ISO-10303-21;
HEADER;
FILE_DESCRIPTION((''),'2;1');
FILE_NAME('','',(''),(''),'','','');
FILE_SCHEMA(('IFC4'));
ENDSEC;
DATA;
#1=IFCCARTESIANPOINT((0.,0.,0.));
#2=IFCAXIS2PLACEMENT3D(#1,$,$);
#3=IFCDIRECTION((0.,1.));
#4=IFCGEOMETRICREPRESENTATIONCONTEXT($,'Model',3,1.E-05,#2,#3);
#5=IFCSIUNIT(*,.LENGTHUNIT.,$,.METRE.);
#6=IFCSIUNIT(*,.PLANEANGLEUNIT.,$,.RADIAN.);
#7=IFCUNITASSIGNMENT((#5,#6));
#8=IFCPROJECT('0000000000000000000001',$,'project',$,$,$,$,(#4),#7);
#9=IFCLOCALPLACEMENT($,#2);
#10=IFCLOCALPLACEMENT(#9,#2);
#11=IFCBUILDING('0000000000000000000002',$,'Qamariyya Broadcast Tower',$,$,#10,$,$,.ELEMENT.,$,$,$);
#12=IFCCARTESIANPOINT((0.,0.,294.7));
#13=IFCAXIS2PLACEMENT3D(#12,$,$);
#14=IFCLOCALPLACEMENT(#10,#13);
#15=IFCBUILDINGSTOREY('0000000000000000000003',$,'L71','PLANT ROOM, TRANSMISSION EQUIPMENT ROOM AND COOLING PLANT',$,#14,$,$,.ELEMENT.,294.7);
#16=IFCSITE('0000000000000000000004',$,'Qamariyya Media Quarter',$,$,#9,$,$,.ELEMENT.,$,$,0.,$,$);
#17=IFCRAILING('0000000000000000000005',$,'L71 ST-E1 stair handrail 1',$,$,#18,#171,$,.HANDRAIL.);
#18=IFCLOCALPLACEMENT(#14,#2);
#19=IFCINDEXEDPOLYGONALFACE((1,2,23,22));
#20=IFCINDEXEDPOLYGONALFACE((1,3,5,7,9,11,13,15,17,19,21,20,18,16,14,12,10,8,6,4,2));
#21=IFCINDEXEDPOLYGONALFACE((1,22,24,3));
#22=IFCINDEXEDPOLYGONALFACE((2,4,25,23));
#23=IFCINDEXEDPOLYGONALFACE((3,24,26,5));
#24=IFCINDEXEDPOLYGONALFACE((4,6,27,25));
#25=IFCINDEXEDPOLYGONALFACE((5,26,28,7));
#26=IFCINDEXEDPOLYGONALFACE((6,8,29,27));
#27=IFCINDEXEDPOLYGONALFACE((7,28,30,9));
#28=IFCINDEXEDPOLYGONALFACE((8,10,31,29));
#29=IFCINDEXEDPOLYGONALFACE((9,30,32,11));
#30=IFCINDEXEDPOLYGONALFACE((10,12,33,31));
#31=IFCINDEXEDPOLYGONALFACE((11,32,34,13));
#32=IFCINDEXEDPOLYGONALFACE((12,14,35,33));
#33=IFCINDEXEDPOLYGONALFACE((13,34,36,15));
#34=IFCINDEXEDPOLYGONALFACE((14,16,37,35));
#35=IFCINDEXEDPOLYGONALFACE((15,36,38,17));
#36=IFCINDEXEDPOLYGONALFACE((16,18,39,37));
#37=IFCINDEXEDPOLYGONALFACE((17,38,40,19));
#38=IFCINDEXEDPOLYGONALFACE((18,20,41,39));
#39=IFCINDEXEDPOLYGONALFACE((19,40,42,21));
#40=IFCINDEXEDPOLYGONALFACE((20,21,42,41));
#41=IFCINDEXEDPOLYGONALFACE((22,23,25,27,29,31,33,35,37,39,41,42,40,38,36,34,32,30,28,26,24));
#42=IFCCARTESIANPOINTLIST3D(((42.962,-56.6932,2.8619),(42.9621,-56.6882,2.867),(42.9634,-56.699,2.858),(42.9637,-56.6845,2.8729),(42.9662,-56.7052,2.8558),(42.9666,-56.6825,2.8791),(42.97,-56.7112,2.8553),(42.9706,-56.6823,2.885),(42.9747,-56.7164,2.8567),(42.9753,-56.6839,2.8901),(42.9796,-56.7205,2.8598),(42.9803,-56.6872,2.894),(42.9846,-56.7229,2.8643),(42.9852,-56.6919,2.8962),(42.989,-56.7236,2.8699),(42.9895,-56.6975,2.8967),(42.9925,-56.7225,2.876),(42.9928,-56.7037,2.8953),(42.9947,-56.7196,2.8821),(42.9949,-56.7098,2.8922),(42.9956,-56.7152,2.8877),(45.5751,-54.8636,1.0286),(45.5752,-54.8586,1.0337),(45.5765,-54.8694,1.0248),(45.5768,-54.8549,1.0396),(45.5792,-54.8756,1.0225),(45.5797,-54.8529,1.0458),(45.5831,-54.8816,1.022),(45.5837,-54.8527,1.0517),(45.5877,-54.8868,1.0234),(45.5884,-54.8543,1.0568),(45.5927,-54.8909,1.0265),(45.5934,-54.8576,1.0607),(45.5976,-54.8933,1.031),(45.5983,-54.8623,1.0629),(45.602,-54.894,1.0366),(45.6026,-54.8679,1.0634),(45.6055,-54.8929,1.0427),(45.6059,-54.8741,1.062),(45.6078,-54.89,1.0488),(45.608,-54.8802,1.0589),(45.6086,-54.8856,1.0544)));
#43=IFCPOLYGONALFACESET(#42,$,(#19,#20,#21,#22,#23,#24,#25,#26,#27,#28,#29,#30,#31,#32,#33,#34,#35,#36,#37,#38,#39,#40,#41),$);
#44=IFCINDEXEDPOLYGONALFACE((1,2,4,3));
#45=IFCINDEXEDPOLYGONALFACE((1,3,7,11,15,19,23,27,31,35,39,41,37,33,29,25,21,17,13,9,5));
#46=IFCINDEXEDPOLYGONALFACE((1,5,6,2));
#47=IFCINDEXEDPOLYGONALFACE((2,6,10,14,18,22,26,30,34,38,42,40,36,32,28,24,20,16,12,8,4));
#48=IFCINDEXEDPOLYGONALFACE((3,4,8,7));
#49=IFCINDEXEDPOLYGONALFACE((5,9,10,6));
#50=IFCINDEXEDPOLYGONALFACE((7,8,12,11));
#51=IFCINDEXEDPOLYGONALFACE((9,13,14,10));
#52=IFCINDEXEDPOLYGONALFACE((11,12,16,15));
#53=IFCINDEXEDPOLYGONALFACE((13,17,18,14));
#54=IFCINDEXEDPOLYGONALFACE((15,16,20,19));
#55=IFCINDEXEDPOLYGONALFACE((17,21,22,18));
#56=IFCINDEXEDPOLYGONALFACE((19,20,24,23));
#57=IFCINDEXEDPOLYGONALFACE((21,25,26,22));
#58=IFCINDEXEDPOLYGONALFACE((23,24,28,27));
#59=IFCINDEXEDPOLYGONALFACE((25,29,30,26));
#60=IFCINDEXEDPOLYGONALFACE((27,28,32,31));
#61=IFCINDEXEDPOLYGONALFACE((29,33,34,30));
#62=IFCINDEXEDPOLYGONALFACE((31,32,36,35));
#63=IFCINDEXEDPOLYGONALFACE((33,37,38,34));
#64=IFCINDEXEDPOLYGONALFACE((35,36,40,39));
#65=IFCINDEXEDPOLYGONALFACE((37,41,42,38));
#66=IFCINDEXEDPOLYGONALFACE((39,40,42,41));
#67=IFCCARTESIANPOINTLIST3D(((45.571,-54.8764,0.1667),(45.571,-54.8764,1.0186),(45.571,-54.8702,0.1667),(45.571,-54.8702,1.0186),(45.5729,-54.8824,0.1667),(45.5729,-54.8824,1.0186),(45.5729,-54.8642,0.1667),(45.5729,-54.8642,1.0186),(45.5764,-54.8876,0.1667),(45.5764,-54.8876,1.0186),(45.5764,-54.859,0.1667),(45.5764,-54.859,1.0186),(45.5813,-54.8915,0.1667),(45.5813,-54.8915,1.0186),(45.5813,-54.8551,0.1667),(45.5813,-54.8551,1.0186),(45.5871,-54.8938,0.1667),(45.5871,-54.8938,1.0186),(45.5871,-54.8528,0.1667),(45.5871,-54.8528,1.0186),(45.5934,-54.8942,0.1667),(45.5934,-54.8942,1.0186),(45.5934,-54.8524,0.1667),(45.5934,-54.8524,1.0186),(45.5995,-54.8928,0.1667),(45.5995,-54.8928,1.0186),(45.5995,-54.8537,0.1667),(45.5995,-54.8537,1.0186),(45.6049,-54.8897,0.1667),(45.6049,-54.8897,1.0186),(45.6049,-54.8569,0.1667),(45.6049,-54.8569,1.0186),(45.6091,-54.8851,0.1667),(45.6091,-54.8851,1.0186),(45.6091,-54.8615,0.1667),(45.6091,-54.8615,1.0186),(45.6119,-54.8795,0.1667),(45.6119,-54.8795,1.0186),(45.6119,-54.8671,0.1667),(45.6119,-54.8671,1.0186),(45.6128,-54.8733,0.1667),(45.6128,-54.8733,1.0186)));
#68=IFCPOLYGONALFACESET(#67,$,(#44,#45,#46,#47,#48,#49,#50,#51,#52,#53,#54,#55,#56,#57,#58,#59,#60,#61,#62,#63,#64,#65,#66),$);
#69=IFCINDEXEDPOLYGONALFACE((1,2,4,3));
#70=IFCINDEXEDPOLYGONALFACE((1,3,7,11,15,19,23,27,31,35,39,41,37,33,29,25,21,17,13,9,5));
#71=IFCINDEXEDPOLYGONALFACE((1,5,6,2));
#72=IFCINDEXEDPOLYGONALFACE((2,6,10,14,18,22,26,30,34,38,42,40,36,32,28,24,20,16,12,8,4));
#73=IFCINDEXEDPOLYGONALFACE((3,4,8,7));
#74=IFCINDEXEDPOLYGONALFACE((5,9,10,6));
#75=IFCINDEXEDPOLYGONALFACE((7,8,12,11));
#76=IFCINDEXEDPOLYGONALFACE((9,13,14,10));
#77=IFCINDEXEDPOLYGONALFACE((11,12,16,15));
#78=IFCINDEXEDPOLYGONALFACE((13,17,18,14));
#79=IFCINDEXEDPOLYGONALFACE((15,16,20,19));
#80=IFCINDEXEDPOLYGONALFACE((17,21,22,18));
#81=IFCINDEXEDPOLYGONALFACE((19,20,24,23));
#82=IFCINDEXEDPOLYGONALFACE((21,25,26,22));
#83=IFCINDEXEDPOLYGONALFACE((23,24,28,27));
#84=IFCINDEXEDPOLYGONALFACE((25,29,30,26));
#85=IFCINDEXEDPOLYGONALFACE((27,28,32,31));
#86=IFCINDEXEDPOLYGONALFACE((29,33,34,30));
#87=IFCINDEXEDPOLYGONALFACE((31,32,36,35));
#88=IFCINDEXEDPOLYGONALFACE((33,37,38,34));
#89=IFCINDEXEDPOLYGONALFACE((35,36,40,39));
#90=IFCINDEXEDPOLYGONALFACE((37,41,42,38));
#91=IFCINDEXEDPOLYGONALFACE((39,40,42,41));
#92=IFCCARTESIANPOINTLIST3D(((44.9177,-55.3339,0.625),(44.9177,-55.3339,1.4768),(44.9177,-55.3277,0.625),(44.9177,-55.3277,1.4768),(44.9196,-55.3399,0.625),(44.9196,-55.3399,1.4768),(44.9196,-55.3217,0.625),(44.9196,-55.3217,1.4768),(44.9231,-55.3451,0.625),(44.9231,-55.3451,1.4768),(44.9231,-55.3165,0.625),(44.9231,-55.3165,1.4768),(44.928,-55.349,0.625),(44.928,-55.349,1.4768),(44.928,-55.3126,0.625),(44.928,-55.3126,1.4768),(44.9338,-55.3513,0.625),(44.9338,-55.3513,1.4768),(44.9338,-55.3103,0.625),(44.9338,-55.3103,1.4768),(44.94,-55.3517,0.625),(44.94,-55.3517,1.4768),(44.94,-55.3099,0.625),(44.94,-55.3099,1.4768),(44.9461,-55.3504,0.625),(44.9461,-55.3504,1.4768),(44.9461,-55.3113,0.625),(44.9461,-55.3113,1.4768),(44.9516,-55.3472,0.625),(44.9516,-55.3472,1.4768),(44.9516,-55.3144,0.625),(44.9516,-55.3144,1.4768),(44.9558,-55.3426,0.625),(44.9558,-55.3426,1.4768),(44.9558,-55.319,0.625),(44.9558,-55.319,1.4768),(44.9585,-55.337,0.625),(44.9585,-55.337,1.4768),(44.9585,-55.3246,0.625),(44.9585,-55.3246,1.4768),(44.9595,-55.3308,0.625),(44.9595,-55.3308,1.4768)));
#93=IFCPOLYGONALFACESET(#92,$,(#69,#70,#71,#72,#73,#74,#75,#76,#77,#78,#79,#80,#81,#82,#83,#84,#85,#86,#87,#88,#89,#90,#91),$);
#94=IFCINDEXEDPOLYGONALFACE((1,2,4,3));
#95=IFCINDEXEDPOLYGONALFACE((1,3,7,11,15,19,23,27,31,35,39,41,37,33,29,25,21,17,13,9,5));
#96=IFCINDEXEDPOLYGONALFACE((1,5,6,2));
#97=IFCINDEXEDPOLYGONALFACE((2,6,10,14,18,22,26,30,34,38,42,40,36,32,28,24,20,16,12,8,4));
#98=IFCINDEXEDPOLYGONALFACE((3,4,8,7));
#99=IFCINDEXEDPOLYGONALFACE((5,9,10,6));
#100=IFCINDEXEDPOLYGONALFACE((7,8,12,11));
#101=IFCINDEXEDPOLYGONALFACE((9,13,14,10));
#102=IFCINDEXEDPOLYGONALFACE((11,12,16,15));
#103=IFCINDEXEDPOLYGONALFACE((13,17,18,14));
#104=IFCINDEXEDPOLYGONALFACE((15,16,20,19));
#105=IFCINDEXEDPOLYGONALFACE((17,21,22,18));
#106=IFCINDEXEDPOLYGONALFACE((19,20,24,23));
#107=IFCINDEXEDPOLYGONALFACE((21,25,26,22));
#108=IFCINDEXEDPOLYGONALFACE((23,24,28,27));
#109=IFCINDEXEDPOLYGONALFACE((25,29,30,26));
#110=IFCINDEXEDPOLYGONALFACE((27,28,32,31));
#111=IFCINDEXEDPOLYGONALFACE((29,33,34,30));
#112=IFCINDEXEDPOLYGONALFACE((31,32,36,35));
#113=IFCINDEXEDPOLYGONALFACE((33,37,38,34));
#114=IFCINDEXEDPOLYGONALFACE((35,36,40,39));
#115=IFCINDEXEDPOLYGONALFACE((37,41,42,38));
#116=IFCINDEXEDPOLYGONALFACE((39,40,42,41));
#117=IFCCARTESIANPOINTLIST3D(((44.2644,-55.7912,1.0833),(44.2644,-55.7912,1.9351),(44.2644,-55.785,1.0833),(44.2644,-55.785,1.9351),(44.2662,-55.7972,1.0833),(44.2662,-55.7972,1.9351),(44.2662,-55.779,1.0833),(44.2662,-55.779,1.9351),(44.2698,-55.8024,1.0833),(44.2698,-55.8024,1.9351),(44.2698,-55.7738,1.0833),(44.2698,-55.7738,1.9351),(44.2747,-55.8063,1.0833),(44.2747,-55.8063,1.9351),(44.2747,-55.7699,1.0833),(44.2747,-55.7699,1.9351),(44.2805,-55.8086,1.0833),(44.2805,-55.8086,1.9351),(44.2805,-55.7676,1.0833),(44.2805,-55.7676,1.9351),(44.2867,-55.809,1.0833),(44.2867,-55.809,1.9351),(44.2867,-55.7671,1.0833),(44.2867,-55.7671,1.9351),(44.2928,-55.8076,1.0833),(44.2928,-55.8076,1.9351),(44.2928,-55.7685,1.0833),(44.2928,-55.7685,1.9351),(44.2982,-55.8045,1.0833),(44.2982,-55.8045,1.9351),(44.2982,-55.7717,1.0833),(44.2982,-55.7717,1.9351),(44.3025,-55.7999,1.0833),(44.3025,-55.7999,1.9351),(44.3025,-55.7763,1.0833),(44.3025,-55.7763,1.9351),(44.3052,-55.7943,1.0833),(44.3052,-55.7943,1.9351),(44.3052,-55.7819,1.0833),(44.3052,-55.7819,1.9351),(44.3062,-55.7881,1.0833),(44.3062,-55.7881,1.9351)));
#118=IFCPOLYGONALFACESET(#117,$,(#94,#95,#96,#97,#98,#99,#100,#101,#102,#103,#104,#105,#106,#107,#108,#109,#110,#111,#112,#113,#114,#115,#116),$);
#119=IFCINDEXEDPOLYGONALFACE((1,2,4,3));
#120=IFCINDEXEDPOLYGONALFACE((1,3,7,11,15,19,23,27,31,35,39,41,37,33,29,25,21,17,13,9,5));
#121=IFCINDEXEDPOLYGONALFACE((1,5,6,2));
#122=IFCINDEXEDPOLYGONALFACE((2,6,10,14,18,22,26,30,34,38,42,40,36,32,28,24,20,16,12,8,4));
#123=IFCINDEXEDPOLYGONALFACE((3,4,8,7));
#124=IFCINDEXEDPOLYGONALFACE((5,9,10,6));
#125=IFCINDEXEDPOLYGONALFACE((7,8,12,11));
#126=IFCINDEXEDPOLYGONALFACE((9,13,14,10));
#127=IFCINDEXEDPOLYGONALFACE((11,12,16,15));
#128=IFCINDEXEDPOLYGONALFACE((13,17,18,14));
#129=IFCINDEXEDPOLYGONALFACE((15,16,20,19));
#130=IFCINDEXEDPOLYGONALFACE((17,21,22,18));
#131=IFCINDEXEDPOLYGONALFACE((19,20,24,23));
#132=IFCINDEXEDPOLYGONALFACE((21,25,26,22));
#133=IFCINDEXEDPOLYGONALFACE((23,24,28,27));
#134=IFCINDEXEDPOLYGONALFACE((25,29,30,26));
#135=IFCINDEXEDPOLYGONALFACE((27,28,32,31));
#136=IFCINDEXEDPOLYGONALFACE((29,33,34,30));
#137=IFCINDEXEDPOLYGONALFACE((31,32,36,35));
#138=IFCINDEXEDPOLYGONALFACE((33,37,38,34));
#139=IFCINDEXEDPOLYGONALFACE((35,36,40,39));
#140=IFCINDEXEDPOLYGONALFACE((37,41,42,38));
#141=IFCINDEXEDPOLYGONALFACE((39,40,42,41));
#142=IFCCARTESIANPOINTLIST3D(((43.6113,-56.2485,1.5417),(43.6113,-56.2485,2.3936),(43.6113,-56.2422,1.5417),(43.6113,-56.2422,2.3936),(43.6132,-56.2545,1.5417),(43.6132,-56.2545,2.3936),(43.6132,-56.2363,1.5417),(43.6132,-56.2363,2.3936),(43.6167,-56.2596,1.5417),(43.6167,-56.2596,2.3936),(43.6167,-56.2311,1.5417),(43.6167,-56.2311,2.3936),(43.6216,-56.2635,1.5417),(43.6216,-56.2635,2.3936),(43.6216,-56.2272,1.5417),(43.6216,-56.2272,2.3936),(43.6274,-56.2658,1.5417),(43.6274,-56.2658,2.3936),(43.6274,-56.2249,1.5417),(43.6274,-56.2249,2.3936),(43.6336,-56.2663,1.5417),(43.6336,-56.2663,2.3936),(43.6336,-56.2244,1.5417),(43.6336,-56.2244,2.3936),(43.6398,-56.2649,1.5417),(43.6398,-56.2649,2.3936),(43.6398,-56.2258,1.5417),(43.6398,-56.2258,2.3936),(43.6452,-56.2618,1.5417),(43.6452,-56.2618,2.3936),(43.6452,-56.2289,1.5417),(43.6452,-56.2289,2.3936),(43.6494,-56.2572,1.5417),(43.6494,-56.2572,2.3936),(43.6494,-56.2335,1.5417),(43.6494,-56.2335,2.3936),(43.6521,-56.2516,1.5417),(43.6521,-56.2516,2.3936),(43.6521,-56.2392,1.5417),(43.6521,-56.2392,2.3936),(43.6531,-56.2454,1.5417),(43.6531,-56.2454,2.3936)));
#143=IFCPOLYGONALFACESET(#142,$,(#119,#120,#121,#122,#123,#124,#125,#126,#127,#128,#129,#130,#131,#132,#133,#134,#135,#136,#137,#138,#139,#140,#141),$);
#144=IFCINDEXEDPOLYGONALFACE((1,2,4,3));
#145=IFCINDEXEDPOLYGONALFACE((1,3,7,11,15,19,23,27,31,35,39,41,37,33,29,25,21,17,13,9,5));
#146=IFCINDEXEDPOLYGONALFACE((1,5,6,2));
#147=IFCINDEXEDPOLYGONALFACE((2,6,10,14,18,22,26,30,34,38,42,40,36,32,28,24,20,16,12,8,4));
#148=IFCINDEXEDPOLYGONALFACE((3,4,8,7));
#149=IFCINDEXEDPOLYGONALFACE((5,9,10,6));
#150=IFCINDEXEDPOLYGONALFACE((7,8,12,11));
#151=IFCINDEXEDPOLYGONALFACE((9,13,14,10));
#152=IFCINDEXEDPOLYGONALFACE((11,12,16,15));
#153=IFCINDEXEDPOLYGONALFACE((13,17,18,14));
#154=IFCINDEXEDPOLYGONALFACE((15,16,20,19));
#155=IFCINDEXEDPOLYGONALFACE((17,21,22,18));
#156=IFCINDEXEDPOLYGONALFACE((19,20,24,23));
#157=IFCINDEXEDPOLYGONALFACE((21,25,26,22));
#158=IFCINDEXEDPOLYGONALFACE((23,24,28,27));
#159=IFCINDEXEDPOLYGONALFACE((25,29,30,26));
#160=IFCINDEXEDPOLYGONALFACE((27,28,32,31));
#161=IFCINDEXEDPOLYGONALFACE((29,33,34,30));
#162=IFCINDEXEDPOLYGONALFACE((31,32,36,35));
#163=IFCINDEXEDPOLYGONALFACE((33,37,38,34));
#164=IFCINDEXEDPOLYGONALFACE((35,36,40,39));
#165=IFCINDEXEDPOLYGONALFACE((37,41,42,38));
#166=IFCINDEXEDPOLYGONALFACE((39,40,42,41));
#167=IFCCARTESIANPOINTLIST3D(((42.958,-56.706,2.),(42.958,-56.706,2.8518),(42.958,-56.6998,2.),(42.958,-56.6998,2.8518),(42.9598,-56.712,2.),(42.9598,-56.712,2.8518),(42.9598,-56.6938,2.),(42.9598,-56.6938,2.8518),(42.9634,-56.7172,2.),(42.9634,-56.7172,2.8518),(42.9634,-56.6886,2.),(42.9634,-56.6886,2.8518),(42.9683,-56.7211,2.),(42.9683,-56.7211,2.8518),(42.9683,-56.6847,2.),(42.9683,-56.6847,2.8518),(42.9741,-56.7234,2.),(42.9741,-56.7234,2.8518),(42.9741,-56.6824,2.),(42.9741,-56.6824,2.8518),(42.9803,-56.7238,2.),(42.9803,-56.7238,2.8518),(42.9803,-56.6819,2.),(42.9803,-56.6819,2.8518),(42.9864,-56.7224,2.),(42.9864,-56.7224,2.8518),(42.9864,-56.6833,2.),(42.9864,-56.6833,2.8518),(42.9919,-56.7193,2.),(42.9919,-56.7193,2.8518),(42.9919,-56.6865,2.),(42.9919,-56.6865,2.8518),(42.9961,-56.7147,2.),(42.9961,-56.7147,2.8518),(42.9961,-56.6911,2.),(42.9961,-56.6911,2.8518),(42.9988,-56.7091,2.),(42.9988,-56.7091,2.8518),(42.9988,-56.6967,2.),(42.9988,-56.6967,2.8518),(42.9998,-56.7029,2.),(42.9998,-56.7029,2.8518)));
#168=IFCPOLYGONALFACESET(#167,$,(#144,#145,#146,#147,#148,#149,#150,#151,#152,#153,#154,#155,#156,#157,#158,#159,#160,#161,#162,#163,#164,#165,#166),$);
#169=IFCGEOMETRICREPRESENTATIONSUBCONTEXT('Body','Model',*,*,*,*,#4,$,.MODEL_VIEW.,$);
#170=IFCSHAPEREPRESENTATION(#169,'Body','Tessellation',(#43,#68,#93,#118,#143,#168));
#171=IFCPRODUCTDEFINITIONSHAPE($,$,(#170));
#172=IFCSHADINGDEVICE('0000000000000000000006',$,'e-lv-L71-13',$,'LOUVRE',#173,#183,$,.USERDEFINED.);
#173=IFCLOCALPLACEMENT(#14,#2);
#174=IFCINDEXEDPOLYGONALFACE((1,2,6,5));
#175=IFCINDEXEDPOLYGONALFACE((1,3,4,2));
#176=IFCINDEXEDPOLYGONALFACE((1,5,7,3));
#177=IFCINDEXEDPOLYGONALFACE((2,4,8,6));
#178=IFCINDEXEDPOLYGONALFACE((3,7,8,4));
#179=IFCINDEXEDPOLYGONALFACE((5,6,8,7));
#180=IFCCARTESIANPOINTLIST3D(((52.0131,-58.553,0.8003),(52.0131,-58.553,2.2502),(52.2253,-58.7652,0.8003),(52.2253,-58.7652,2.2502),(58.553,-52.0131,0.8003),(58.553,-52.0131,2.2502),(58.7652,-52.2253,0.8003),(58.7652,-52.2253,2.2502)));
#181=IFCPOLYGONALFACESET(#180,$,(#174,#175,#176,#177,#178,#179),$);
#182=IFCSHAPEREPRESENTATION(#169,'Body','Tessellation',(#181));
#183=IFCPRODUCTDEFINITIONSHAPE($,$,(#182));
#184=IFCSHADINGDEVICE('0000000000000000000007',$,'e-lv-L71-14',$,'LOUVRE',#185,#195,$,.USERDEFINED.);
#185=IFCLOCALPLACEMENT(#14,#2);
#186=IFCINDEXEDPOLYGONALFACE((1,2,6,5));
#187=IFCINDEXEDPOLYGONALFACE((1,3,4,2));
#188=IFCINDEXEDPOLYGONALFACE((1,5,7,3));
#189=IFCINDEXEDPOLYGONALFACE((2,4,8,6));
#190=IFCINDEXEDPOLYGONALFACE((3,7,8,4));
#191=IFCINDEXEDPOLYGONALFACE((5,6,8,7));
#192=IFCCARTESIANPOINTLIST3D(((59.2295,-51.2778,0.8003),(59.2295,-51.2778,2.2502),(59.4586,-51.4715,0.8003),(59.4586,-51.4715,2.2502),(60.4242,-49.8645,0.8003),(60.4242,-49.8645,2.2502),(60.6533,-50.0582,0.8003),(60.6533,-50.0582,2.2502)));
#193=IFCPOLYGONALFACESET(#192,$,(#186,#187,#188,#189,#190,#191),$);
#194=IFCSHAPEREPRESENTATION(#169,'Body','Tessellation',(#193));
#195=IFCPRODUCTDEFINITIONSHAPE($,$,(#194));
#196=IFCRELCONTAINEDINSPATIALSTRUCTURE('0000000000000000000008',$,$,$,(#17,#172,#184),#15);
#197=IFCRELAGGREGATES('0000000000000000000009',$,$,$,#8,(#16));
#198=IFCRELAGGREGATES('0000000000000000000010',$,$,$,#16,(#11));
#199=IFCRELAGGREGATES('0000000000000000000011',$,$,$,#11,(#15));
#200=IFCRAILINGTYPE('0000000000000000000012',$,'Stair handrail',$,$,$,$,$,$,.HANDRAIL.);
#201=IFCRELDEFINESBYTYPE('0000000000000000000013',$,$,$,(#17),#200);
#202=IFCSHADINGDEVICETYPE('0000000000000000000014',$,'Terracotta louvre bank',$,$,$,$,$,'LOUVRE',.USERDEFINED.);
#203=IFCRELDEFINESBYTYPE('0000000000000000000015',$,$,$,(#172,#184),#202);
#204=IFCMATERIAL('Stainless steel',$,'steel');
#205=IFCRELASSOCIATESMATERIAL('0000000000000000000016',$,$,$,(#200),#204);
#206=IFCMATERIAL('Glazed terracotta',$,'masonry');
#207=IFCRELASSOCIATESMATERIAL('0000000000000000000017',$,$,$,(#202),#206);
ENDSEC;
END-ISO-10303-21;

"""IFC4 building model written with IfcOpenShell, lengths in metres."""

from ifc_helpers import new_model, si_unit, direction, frame, origin, origin_2d, place, context, subcontext, project, spatial, rectangle, circle, extrude, material, type_object, element, save


model = new_model("IFC4")

# Units and contexts
model_context = context("Model", 3, precision=1e-05, world=origin(), true_north=direction((0.0, 1.0)))
body_context = subcontext(model_context, "Body", "Model", "MODEL_VIEW")
ifc_project = project(units=[si_unit("LENGTHUNIT", "METRE"), si_unit("PLANEANGLEUNIT", "RADIAN")], contexts=[model_context])

# Site, building, storey
site_placement = place(None, origin())
site = spatial("IfcSite", under=ifc_project, at=site_placement, Name="Qamariyya Media Quarter", CompositionType="ELEMENT", RefElevation=0.0)
building_placement = place(site_placement, origin())
building = spatial("IfcBuilding", under=site, at=building_placement, Name="Qamariyya Broadcast Tower", CompositionType="ELEMENT")
storey_placement = place(building_placement, frame((0.0, 0.0, 294.7)))
storey = spatial("IfcBuildingStorey", under=building, at=storey_placement, Name="L71", Description="PLANT ROOM, TRANSMISSION EQUIPMENT ROOM AND COOLING PLANT", CompositionType="ELEMENT", Elevation=294.7)

# Railing
ifc_material_1 = material(Name="Stainless steel", Category="steel")
railing_type_1 = type_object("IfcRailingType", Name="Stair handrail", PredefinedType="HANDRAIL", material=ifc_material_1)
railing_1_placement = place(storey_placement, frame((45.5918, -54.8733, 0.1667)))
element("IfcRailing", 1, at=railing_1_placement, inside=storey, type_object=railing_type_1, Name="L71 ST-E1 stair handrail 1", PredefinedType="HANDRAIL", context=body_context, shape_type="SweptSolid", body=[
    extrude(circle(Radius=0.0239, at=origin_2d()), frame((0.0, 0.0, 0.876), z_axis=(-0.710228, -0.497285, 0.498281), x_axis=(0.57356, -0.819164, 0.0)), (0.0, 0.0, 1.0), 3.6792),
    extrude(circle(Radius=0.021, at=origin_2d()), origin(), (0.0, 0.0, 1.0), 0.8518),
    extrude(circle(Radius=0.021, at=origin_2d()), frame((-0.6533, -0.4575, 0.4583)), (0.0, 0.0, 1.0), 0.8518),
    extrude(circle(Radius=0.021, at=origin_2d()), frame((-1.3066, -0.9148, 0.9165)), (0.0, 0.0, 1.0), 0.8518),
    extrude(circle(Radius=0.021, at=origin_2d()), frame((-1.9597, -1.3721, 1.375)), (0.0, 0.0, 1.0), 0.8518),
    extrude(circle(Radius=0.021, at=origin_2d()), frame((-2.613, -1.8296, 1.8333)), (0.0, 0.0, 1.0), 0.8518),
])

# Shading devices
ifc_material_2 = material(Name="Glazed terracotta", Category="masonry")
shading_device_type = type_object("IfcShadingDeviceType", Name="Terracotta louvre bank", ElementType="LOUVRE", PredefinedType="USERDEFINED", material=ifc_material_2)
shading_device_1_placement = place(storey_placement, frame((55.3892, -55.3892, 0.8003), z_axis=(0.0, 0.0, 1.0), x_axis=(0.707107, 0.707107, 0.0)))
element("IfcShadingDevice", 2, at=shading_device_1_placement, inside=storey, type_object=shading_device_type, Name="e-lv-L71-13", ObjectType="LOUVRE", PredefinedType="USERDEFINED", context=body_context, shape_type="SweptSolid", body=[
    extrude(rectangle(XDim=9.2488, YDim=0.3, at=origin_2d()), origin(), (0.0, 0.0, 1.0), 1.45),
])
shading_device_2_placement = place(storey_placement, frame((59.9414, -50.668, 0.8003), z_axis=(0.0, 0.0, 1.0), x_axis=(0.64556, 0.76371, 0.0)))
element("IfcShadingDevice", 3, at=shading_device_2_placement, inside=storey, type_object=shading_device_type, Name="e-lv-L71-14", ObjectType="LOUVRE", PredefinedType="USERDEFINED", context=body_context, shape_type="SweptSolid", body=[
    extrude(rectangle(XDim=1.8506, YDim=0.3, at=origin_2d()), origin(), (0.0, 0.0, 1.0), 1.45),
])

save(model, "model.ifc")
